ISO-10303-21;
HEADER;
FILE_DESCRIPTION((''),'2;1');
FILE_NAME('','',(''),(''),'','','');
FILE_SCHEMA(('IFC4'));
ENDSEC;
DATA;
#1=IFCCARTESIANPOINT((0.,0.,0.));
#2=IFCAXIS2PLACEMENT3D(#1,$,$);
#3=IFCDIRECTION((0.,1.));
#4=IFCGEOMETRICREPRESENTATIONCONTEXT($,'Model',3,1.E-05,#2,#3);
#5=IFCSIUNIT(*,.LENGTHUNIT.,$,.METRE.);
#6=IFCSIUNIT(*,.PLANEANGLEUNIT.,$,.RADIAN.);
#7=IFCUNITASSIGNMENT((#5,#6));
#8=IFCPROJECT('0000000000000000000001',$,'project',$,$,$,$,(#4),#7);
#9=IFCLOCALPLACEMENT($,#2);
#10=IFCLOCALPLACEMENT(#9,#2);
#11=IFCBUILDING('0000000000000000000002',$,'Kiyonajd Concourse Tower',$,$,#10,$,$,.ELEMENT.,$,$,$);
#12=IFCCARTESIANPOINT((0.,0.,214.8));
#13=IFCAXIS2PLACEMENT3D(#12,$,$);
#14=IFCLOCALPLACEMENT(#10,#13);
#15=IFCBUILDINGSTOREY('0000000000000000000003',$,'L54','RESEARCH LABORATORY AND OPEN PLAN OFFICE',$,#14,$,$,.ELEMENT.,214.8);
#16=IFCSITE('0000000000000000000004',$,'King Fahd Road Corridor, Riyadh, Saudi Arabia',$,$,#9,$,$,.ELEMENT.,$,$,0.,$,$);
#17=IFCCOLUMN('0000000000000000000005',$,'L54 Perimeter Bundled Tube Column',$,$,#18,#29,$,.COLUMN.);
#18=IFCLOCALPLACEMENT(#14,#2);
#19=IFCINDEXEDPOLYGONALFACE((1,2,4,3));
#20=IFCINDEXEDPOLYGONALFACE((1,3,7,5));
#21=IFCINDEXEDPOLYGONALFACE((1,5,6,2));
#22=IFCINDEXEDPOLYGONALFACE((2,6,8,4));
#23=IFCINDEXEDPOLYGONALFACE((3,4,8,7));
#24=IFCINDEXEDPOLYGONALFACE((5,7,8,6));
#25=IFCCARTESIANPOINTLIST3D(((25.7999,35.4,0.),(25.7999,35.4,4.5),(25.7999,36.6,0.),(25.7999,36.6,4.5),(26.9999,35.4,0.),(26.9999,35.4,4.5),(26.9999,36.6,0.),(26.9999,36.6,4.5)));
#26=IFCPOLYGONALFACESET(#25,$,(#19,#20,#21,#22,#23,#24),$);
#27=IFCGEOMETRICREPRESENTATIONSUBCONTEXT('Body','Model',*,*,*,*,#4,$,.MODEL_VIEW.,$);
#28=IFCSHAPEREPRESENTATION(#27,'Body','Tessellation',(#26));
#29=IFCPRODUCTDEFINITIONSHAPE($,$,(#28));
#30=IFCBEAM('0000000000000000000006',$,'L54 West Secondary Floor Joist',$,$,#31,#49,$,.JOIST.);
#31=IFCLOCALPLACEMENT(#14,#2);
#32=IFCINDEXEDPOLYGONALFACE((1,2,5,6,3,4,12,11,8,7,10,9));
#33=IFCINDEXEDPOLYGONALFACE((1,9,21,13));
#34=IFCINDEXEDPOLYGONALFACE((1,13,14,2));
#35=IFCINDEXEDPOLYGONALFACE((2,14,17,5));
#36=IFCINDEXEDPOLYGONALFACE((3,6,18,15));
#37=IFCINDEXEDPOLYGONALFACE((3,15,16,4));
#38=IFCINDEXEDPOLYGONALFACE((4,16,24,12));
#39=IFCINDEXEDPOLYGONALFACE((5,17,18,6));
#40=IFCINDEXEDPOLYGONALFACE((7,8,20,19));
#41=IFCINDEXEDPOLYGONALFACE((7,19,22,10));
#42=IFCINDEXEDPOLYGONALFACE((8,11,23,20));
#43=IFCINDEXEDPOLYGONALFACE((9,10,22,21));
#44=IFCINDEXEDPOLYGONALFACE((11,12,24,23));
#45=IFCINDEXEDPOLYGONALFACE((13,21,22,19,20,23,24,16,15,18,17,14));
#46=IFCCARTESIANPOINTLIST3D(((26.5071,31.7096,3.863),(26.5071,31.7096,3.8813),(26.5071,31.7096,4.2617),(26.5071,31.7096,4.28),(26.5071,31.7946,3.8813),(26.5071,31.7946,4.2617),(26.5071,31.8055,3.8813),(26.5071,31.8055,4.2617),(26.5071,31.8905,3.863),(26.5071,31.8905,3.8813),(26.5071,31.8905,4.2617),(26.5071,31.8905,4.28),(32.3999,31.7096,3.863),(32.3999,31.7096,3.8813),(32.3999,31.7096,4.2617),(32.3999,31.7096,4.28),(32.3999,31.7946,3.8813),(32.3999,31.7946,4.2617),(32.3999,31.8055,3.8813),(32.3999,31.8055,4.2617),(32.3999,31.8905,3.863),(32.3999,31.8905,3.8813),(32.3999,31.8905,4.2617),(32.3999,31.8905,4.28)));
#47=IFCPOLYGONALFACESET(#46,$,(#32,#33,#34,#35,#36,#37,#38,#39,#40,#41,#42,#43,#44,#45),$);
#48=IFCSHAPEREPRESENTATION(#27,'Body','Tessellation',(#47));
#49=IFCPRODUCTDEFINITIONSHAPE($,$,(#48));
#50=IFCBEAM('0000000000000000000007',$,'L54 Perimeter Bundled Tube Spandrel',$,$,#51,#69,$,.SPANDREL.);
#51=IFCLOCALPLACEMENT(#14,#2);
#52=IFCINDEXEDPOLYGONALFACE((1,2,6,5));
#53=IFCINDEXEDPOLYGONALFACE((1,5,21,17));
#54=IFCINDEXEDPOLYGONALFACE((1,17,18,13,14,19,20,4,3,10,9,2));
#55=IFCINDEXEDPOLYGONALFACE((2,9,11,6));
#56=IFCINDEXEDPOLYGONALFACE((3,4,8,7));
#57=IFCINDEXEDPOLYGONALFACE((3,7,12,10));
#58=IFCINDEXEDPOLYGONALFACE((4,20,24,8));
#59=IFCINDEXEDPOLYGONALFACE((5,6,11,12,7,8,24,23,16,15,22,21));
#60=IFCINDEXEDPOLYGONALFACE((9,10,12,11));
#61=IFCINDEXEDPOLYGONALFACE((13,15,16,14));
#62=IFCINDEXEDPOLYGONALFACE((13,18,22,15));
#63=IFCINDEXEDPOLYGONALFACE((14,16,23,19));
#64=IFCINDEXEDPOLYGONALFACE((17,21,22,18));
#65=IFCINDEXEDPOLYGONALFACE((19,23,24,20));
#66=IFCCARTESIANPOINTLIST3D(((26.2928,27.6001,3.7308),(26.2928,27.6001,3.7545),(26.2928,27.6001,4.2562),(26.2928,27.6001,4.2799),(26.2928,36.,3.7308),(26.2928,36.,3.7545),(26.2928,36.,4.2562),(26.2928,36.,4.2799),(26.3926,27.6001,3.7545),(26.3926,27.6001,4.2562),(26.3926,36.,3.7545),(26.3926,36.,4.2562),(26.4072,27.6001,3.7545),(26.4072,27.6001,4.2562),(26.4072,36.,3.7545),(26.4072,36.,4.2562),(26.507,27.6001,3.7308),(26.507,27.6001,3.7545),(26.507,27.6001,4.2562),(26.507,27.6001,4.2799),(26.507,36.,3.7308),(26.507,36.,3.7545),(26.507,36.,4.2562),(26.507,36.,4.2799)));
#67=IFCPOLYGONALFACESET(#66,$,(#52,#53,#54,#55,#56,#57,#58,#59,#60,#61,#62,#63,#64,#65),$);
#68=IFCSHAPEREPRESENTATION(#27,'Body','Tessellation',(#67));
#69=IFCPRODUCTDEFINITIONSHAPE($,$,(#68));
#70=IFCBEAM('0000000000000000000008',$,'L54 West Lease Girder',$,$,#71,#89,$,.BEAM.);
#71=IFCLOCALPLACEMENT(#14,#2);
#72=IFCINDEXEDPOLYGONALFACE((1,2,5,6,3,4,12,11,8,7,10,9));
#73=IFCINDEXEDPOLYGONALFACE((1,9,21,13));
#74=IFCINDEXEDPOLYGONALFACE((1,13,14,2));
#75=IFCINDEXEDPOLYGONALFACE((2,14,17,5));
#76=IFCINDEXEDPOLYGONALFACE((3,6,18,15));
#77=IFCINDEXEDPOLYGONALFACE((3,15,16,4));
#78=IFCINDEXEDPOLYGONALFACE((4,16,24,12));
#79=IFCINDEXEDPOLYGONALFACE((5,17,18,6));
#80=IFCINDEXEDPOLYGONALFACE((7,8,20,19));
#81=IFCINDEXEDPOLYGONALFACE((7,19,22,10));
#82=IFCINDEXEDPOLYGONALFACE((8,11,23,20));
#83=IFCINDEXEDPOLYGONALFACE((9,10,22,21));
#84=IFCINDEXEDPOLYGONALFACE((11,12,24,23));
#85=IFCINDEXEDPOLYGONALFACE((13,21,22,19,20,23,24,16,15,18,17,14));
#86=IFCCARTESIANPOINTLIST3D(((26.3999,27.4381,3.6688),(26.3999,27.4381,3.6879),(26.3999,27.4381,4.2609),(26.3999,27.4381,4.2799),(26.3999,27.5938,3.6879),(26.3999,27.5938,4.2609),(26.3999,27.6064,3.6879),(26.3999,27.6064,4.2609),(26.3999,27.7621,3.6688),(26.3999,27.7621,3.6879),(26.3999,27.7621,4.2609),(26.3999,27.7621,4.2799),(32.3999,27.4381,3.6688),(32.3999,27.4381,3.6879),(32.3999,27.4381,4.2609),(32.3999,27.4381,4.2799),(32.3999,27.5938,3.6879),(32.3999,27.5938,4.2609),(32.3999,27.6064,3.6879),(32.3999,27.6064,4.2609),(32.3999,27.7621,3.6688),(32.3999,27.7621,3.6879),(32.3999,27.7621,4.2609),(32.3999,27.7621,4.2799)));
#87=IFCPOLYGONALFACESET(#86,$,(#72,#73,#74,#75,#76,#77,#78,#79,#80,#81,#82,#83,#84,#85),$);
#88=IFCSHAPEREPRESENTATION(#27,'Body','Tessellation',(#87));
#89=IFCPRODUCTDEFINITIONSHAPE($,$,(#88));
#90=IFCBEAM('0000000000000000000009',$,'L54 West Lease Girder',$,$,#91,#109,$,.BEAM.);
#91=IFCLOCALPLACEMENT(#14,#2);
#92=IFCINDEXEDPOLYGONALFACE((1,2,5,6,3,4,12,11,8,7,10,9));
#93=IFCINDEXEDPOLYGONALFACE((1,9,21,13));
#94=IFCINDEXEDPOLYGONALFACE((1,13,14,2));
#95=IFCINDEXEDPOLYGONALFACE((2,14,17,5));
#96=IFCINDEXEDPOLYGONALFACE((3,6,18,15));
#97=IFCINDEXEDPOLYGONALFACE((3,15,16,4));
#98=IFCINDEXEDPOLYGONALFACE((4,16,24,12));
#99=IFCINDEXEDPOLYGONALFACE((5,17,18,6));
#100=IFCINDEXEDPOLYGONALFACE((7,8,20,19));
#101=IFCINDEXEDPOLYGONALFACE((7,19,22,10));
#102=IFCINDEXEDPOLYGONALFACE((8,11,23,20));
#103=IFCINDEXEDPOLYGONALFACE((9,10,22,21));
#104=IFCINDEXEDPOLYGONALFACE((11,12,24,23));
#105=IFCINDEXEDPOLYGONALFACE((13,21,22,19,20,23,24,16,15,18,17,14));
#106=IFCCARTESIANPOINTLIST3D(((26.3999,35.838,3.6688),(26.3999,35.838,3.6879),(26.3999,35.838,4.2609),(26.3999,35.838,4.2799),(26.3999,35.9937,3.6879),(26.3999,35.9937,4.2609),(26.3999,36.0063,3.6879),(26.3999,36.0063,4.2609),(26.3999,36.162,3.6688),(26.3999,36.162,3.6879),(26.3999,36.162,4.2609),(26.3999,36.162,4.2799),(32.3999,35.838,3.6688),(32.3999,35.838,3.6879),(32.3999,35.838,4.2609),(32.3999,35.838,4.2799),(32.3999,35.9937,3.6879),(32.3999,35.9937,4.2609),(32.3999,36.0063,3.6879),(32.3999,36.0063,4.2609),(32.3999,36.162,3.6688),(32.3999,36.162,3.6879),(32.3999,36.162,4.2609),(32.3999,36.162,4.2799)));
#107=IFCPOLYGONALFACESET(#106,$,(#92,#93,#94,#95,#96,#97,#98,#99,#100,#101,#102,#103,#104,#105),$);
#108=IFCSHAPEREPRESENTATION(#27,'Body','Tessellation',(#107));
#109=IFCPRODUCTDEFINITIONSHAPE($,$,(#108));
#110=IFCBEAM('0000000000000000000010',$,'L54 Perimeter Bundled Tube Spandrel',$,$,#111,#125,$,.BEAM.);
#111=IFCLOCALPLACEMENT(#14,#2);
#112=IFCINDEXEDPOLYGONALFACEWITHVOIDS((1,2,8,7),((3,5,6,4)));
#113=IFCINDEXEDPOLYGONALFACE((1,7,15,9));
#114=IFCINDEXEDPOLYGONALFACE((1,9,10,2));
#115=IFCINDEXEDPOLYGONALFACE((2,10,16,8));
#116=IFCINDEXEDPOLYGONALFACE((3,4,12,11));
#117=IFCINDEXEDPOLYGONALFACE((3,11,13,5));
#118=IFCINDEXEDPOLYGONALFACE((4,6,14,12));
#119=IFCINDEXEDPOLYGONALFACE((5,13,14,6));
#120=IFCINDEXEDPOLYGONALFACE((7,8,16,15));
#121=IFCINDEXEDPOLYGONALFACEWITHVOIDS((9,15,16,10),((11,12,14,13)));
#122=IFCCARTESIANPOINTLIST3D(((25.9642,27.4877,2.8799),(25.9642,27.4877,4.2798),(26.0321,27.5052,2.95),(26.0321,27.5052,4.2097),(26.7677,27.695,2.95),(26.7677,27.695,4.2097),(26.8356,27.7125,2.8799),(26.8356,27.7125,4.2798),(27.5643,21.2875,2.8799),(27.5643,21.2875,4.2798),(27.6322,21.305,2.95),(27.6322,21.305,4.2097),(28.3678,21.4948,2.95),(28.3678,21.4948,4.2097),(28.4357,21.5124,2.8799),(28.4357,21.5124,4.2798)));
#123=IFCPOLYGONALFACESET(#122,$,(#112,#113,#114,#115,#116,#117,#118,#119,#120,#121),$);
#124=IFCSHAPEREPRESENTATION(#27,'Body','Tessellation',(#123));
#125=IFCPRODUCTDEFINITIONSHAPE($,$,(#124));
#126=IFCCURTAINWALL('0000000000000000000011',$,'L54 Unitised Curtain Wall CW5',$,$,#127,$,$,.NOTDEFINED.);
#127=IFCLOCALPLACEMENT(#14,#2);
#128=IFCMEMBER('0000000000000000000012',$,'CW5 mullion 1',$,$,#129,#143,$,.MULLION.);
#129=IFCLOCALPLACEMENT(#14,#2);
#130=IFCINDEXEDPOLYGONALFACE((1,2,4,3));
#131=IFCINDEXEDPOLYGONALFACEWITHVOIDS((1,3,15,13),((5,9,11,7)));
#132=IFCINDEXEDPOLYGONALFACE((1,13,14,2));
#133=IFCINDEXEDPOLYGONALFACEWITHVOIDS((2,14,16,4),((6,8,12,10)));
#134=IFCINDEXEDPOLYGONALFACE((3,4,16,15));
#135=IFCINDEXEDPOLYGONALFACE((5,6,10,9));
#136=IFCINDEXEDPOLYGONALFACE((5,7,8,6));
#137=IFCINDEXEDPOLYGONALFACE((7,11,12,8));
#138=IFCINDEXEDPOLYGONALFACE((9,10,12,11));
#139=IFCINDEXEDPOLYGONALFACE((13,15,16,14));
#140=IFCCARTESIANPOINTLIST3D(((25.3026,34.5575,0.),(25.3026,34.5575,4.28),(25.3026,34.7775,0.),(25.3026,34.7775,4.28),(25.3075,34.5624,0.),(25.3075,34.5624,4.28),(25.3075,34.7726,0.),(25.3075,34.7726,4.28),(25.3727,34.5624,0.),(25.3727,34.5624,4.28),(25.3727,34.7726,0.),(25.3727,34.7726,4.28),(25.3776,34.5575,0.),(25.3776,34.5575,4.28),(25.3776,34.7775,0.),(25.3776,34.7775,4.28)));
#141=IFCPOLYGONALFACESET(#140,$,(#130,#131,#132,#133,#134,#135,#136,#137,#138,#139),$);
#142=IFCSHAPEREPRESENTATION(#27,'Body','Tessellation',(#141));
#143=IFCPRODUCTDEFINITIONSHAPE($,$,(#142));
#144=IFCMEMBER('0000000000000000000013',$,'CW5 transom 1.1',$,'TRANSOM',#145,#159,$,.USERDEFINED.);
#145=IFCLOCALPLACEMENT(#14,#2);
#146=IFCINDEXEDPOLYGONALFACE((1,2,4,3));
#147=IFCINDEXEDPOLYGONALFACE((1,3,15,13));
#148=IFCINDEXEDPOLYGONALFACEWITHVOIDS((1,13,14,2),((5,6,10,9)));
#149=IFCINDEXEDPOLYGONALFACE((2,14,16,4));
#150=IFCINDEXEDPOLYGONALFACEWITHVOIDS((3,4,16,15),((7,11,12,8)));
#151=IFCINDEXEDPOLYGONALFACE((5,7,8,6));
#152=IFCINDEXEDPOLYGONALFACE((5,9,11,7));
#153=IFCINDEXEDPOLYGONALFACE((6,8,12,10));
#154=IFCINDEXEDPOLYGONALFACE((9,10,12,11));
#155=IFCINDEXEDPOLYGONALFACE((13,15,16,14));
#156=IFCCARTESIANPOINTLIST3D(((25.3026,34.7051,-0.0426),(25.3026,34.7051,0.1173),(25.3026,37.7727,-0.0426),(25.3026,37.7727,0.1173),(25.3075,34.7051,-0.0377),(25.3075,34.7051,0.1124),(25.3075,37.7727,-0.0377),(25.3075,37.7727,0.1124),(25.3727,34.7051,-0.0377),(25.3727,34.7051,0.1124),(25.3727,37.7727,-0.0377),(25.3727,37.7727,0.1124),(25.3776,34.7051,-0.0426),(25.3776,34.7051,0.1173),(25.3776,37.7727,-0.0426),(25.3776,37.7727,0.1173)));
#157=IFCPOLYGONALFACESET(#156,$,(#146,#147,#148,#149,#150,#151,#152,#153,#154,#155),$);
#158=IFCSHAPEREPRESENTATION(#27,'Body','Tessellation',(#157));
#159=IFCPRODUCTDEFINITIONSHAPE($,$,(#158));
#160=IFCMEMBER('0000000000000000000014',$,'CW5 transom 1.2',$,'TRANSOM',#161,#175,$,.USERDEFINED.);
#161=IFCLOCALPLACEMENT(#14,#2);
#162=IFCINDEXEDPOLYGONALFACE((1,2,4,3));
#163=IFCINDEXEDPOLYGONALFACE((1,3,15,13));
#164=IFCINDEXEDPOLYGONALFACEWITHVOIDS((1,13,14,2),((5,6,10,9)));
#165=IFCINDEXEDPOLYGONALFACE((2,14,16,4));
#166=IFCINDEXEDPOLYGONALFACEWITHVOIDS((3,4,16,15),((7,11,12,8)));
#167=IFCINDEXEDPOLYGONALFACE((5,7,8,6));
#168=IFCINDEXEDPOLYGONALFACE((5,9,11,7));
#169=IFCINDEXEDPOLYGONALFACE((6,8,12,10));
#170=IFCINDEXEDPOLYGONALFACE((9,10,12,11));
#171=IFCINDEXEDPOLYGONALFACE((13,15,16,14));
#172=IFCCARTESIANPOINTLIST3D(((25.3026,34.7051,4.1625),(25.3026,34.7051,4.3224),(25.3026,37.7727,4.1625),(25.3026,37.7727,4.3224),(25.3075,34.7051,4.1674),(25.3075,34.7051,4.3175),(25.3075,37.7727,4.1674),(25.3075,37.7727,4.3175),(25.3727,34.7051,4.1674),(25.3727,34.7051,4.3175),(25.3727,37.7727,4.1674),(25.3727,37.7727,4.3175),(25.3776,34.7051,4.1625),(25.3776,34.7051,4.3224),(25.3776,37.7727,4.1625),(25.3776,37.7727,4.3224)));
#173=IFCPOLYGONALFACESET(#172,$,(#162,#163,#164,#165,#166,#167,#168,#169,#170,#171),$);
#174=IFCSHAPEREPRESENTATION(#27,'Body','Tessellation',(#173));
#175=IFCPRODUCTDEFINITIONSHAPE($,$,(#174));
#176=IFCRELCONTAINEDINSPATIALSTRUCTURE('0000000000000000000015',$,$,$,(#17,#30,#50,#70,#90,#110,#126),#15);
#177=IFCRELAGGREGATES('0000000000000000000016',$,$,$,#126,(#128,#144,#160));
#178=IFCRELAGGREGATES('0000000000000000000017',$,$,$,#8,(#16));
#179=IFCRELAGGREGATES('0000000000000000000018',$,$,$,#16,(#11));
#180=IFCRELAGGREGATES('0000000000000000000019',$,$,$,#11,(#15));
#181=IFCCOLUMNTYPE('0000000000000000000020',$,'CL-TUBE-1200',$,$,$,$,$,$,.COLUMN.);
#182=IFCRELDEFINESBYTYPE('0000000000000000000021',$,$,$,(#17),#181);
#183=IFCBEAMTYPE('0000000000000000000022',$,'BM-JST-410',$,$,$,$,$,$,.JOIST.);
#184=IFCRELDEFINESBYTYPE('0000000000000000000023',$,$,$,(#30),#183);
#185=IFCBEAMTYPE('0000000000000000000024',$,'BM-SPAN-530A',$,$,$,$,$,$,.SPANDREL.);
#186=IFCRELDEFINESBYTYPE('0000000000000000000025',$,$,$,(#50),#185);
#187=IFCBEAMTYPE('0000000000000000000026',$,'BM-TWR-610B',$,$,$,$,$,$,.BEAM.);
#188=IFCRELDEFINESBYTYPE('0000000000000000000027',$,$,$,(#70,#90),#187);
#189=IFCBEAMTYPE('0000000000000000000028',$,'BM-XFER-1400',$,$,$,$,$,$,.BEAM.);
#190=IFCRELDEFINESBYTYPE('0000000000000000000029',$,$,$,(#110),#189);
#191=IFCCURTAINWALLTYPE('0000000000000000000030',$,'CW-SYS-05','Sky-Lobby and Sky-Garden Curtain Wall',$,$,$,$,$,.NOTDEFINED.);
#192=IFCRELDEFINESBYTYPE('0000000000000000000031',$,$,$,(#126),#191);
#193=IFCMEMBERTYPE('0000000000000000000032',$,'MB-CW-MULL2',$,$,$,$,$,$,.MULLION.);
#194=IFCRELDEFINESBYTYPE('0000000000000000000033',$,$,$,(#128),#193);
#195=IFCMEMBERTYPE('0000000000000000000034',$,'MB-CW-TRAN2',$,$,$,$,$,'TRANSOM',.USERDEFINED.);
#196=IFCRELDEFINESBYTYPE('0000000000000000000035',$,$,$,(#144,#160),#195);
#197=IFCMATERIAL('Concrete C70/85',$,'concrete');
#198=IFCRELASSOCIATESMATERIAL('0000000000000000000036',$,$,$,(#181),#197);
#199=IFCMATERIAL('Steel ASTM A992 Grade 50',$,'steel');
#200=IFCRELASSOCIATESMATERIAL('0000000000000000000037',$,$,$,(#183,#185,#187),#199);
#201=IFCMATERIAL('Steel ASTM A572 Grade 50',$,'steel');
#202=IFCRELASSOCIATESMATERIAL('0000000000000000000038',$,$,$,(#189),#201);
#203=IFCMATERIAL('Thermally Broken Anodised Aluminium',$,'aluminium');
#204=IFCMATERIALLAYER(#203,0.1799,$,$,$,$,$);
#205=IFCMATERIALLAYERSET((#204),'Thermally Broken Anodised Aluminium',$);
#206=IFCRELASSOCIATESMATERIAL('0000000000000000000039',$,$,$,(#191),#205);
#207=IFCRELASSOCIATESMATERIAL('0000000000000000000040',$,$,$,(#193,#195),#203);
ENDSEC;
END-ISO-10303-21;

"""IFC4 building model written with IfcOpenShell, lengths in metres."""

from ifc_helpers import new_model, si_unit, direction, frame, origin, origin_2d, place, context, subcontext, project, spatial, rectangle, hollow_rectangle, i_section, extrude, material, layer, layer_set, material_profile, profile_set, type_object, element, aggregate, save


model = new_model("IFC4")

# Units and contexts
model_context = context("Model", 3, precision=1e-05, world=origin(), true_north=direction((0.0, 1.0)))
body_context = subcontext(model_context, "Body", "Model", "MODEL_VIEW")
ifc_project = project(units=[si_unit("LENGTHUNIT", "METRE"), si_unit("PLANEANGLEUNIT", "RADIAN")], contexts=[model_context])

# Site, building, storey
site_placement = place(None, origin())
site = spatial("IfcSite", under=ifc_project, at=site_placement, Name="King Fahd Road Corridor, Riyadh, Saudi Arabia", CompositionType="ELEMENT", RefElevation=0.0)
building_placement = place(site_placement, origin())
building = spatial("IfcBuilding", under=site, at=building_placement, Name="Kiyonajd Concourse Tower", CompositionType="ELEMENT")
storey_placement = place(building_placement, frame((0.0, 0.0, 214.8)))
storey = spatial("IfcBuildingStorey", under=building, at=storey_placement, Name="L54", Description="RESEARCH LABORATORY AND OPEN PLAN OFFICE", CompositionType="ELEMENT", Elevation=214.8)

# Column
ifc_material_1 = material(Name="Concrete C70/85", Category="concrete")
ifc_material_profile_1 = material_profile(ifc_material_1, rectangle(XDim=1.2, YDim=1.2, at=origin_2d()), Name="RC-1200x1200")
ifc_profile_set_1 = profile_set([ifc_material_profile_1], Name="Concrete C70/85")
column_type = type_object("IfcColumnType", Name="CL-TUBE-1200", PredefinedType="COLUMN", material=ifc_profile_set_1)
column_placement = place(storey_placement, frame((26.3999, 36.0, 0.0), z_axis=(0.0, 0.0, 1.0), x_axis=(1.0, 0.0, 0.0)))
element("IfcColumn", 1, at=column_placement, inside=storey, type_object=column_type, Name="L54 Perimeter Bundled Tube Column", PredefinedType="COLUMN", context=body_context, shape_type="SweptSolid", body=[
    extrude(rectangle(XDim=1.2, YDim=1.2, at=origin_2d()), origin(), (0.0, 0.0, 1.0), 4.5),
])

# Beams
ifc_material_2 = material(Name="Steel ASTM A992 Grade 50", Category="steel")
ifc_material_profile_2 = material_profile(ifc_material_2, i_section(OverallWidth=0.1809, OverallDepth=0.417, WebThickness=0.011, FlangeThickness=0.0183, at=origin_2d()), Name="W410X85")
ifc_profile_set_2 = profile_set([ifc_material_profile_2], Name="Steel ASTM A992 Grade 50")
beam_type_1 = type_object("IfcBeamType", Name="BM-JST-410", PredefinedType="JOIST", material=ifc_profile_set_2)
beam_1_placement = place(storey_placement, frame((26.5071, 31.8, 4.0715), z_axis=(1.0, 0.0, 0.0), x_axis=(0.0, 1.0, 0.0)))
element("IfcBeam", 2, at=beam_1_placement, inside=storey, type_object=beam_type_1, Name="L54 West Secondary Floor Joist", PredefinedType="JOIST", context=body_context, shape_type="SweptSolid", body=[
    extrude(i_section(OverallWidth=0.1809, OverallDepth=0.417, WebThickness=0.011, FlangeThickness=0.0183, at=origin_2d()), origin(), (0.0, 0.0, 1.0), 5.8928),
])
ifc_material_profile_3 = material_profile(ifc_material_2, i_section(OverallWidth=0.2141, OverallDepth=0.5491, WebThickness=0.0146, FlangeThickness=0.0237, at=origin_2d()), Name="W530X138")
ifc_profile_set_3 = profile_set([ifc_material_profile_3], Name="Steel ASTM A992 Grade 50")
beam_type_2 = type_object("IfcBeamType", Name="BM-SPAN-530A", PredefinedType="SPANDREL", material=ifc_profile_set_3)
beam_2_placement = place(storey_placement, frame((26.3999, 36.0, 4.0054), z_axis=(0.0, -1.0, 0.0), x_axis=(1.0, 0.0, 0.0)))
element("IfcBeam", 3, at=beam_2_placement, inside=storey, type_object=beam_type_2, Name="L54 Perimeter Bundled Tube Spandrel", PredefinedType="SPANDREL", context=body_context, shape_type="SweptSolid", body=[
    extrude(i_section(OverallWidth=0.2141, OverallDepth=0.5491, WebThickness=0.0146, FlangeThickness=0.0237, at=origin_2d()), origin(), (0.0, 0.0, 1.0), 8.3999),
])
ifc_material_profile_4 = material_profile(ifc_material_2, i_section(OverallWidth=0.324, OverallDepth=0.6111, WebThickness=0.0127, FlangeThickness=0.019, at=origin_2d()), Name="W610X155")
ifc_profile_set_4 = profile_set([ifc_material_profile_4], Name="Steel ASTM A992 Grade 50")
beam_type_3 = type_object("IfcBeamType", Name="BM-TWR-610B", PredefinedType="BEAM", material=ifc_profile_set_4)
for number, where, z_axis, x_axis, name in (
    (4, (26.3999, 27.6001, 3.9744), (1.0, 0.0, 0.0), (0.0, 1.0, 0.0), "L54 West Lease Girder"),
    (5, (26.3999, 36.0, 3.9744), (1.0, 0.0, 0.0), (0.0, 1.0, 0.0), "L54 West Lease Girder"),
):
    element("IfcBeam", number, at=place(storey_placement, frame(where, z_axis=z_axis, x_axis=x_axis)), inside=storey, type_object=beam_type_3, Name=name, PredefinedType="BEAM", context=body_context, shape_type="SweptSolid", body=[
        extrude(i_section(OverallWidth=0.324, OverallDepth=0.6111, WebThickness=0.0127, FlangeThickness=0.019, at=origin_2d()), origin(), (0.0, 0.0, 1.0), 6.0),
    ])
ifc_material_3 = material(Name="Steel ASTM A572 Grade 50", Category="steel")
ifc_material_profile_5 = material_profile(ifc_material_3, hollow_rectangle(XDim=0.8999, YDim=1.3999, WallThickness=0.0701, at=origin_2d()), Name="BOX-1400x900x70")
ifc_profile_set_5 = profile_set([ifc_material_profile_5], Name="Steel ASTM A572 Grade 50")
beam_type_4 = type_object("IfcBeamType", Name="BM-XFER-1400", PredefinedType="BEAM", material=ifc_profile_set_5)
beam_3_placement = place(storey_placement, frame((26.3999, 27.6001, 3.5798), z_axis=(0.249885, -0.968276, 0.0), x_axis=(0.968276, 0.249885, 0.0)))
element("IfcBeam", 6, at=beam_3_placement, inside=storey, type_object=beam_type_4, Name="L54 Perimeter Bundled Tube Spandrel", PredefinedType="BEAM", context=body_context, shape_type="SweptSolid", body=[
    extrude(hollow_rectangle(XDim=0.8999, YDim=1.3999, WallThickness=0.0701, at=origin_2d()), origin(), (0.0, 0.0, 1.0), 6.4033),
])

# Curtain wall, members
ifc_material_4 = material(Name="Thermally Broken Anodised Aluminium", Category="aluminium")
ifc_layer_1 = layer(ifc_material_4, 0.1799)
ifc_layer_set_1 = layer_set([ifc_layer_1], Name="Thermally Broken Anodised Aluminium")
curtain_wall_type = type_object("IfcCurtainWallType", Name="CW-SYS-05", Description="Sky-Lobby and Sky-Garden Curtain Wall", PredefinedType="NOTDEFINED", material=ifc_layer_set_1)
curtain_wall_placement = place(storey_placement, origin())
curtain_wall = element("IfcCurtainWall", 7, at=curtain_wall_placement, inside=storey, type_object=curtain_wall_type, Name="L54 Unitised Curtain Wall CW5", PredefinedType="NOTDEFINED")
ifc_material_profile_6 = material_profile(ifc_material_4, hollow_rectangle(XDim=0.075, YDim=0.22, WallThickness=0.0049, at=origin_2d()), Name="MULL-75x220")
ifc_profile_set_6 = profile_set([ifc_material_profile_6], Name="Thermally Broken Anodised Aluminium")
member_type_1 = type_object("IfcMemberType", Name="MB-CW-MULL2", PredefinedType="MULLION", material=ifc_profile_set_6)
member_1_placement = place(storey_placement, frame((25.3401, 34.6675, 0.0), z_axis=(0.0, 0.0, 1.0), x_axis=(-1.0, 0.0, 0.0)))
member_1 = element("IfcMember", 8, at=member_1_placement, type_object=member_type_1, Name="CW5 mullion 1", PredefinedType="MULLION", context=body_context, shape_type="SweptSolid", body=[
    extrude(hollow_rectangle(XDim=0.075, YDim=0.22, WallThickness=0.0049, at=origin_2d()), origin(), (0.0, 0.0, 1.0), 4.28),
])
ifc_material_profile_7 = material_profile(ifc_material_4, hollow_rectangle(XDim=0.075, YDim=0.1599, WallThickness=0.0049, at=origin_2d()), Name="TRAN-75x160")
ifc_profile_set_7 = profile_set([ifc_material_profile_7], Name="Thermally Broken Anodised Aluminium")
member_type_2 = type_object("IfcMemberType", Name="MB-CW-TRAN2", ElementType="TRANSOM", PredefinedType="USERDEFINED", material=ifc_profile_set_7)
member_2_placement = place(storey_placement, frame((25.3401, 34.7051, 0.0374), z_axis=(0.0, 1.0, 0.0), x_axis=(-1.0, 0.0, 0.0)))
member_2 = element("IfcMember", 9, at=member_2_placement, type_object=member_type_2, Name="CW5 transom 1.1", ObjectType="TRANSOM", PredefinedType="USERDEFINED", context=body_context, shape_type="SweptSolid", body=[
    extrude(hollow_rectangle(XDim=0.075, YDim=0.1599, WallThickness=0.0049, at=origin_2d()), origin(), (0.0, 0.0, 1.0), 3.0676),
])
member_3_placement = place(storey_placement, frame((25.3401, 34.7051, 4.2424), z_axis=(0.0, 1.0, 0.0), x_axis=(-1.0, 0.0, 0.0)))
member_3 = element("IfcMember", 10, at=member_3_placement, type_object=member_type_2, Name="CW5 transom 1.2", ObjectType="TRANSOM", PredefinedType="USERDEFINED", context=body_context, shape_type="SweptSolid", body=[
    extrude(hollow_rectangle(XDim=0.075, YDim=0.1599, WallThickness=0.0049, at=origin_2d()), origin(), (0.0, 0.0, 1.0), 3.0676),
])

aggregate(curtain_wall, [member_1, member_2, member_3])

save(model, "model.ifc")
